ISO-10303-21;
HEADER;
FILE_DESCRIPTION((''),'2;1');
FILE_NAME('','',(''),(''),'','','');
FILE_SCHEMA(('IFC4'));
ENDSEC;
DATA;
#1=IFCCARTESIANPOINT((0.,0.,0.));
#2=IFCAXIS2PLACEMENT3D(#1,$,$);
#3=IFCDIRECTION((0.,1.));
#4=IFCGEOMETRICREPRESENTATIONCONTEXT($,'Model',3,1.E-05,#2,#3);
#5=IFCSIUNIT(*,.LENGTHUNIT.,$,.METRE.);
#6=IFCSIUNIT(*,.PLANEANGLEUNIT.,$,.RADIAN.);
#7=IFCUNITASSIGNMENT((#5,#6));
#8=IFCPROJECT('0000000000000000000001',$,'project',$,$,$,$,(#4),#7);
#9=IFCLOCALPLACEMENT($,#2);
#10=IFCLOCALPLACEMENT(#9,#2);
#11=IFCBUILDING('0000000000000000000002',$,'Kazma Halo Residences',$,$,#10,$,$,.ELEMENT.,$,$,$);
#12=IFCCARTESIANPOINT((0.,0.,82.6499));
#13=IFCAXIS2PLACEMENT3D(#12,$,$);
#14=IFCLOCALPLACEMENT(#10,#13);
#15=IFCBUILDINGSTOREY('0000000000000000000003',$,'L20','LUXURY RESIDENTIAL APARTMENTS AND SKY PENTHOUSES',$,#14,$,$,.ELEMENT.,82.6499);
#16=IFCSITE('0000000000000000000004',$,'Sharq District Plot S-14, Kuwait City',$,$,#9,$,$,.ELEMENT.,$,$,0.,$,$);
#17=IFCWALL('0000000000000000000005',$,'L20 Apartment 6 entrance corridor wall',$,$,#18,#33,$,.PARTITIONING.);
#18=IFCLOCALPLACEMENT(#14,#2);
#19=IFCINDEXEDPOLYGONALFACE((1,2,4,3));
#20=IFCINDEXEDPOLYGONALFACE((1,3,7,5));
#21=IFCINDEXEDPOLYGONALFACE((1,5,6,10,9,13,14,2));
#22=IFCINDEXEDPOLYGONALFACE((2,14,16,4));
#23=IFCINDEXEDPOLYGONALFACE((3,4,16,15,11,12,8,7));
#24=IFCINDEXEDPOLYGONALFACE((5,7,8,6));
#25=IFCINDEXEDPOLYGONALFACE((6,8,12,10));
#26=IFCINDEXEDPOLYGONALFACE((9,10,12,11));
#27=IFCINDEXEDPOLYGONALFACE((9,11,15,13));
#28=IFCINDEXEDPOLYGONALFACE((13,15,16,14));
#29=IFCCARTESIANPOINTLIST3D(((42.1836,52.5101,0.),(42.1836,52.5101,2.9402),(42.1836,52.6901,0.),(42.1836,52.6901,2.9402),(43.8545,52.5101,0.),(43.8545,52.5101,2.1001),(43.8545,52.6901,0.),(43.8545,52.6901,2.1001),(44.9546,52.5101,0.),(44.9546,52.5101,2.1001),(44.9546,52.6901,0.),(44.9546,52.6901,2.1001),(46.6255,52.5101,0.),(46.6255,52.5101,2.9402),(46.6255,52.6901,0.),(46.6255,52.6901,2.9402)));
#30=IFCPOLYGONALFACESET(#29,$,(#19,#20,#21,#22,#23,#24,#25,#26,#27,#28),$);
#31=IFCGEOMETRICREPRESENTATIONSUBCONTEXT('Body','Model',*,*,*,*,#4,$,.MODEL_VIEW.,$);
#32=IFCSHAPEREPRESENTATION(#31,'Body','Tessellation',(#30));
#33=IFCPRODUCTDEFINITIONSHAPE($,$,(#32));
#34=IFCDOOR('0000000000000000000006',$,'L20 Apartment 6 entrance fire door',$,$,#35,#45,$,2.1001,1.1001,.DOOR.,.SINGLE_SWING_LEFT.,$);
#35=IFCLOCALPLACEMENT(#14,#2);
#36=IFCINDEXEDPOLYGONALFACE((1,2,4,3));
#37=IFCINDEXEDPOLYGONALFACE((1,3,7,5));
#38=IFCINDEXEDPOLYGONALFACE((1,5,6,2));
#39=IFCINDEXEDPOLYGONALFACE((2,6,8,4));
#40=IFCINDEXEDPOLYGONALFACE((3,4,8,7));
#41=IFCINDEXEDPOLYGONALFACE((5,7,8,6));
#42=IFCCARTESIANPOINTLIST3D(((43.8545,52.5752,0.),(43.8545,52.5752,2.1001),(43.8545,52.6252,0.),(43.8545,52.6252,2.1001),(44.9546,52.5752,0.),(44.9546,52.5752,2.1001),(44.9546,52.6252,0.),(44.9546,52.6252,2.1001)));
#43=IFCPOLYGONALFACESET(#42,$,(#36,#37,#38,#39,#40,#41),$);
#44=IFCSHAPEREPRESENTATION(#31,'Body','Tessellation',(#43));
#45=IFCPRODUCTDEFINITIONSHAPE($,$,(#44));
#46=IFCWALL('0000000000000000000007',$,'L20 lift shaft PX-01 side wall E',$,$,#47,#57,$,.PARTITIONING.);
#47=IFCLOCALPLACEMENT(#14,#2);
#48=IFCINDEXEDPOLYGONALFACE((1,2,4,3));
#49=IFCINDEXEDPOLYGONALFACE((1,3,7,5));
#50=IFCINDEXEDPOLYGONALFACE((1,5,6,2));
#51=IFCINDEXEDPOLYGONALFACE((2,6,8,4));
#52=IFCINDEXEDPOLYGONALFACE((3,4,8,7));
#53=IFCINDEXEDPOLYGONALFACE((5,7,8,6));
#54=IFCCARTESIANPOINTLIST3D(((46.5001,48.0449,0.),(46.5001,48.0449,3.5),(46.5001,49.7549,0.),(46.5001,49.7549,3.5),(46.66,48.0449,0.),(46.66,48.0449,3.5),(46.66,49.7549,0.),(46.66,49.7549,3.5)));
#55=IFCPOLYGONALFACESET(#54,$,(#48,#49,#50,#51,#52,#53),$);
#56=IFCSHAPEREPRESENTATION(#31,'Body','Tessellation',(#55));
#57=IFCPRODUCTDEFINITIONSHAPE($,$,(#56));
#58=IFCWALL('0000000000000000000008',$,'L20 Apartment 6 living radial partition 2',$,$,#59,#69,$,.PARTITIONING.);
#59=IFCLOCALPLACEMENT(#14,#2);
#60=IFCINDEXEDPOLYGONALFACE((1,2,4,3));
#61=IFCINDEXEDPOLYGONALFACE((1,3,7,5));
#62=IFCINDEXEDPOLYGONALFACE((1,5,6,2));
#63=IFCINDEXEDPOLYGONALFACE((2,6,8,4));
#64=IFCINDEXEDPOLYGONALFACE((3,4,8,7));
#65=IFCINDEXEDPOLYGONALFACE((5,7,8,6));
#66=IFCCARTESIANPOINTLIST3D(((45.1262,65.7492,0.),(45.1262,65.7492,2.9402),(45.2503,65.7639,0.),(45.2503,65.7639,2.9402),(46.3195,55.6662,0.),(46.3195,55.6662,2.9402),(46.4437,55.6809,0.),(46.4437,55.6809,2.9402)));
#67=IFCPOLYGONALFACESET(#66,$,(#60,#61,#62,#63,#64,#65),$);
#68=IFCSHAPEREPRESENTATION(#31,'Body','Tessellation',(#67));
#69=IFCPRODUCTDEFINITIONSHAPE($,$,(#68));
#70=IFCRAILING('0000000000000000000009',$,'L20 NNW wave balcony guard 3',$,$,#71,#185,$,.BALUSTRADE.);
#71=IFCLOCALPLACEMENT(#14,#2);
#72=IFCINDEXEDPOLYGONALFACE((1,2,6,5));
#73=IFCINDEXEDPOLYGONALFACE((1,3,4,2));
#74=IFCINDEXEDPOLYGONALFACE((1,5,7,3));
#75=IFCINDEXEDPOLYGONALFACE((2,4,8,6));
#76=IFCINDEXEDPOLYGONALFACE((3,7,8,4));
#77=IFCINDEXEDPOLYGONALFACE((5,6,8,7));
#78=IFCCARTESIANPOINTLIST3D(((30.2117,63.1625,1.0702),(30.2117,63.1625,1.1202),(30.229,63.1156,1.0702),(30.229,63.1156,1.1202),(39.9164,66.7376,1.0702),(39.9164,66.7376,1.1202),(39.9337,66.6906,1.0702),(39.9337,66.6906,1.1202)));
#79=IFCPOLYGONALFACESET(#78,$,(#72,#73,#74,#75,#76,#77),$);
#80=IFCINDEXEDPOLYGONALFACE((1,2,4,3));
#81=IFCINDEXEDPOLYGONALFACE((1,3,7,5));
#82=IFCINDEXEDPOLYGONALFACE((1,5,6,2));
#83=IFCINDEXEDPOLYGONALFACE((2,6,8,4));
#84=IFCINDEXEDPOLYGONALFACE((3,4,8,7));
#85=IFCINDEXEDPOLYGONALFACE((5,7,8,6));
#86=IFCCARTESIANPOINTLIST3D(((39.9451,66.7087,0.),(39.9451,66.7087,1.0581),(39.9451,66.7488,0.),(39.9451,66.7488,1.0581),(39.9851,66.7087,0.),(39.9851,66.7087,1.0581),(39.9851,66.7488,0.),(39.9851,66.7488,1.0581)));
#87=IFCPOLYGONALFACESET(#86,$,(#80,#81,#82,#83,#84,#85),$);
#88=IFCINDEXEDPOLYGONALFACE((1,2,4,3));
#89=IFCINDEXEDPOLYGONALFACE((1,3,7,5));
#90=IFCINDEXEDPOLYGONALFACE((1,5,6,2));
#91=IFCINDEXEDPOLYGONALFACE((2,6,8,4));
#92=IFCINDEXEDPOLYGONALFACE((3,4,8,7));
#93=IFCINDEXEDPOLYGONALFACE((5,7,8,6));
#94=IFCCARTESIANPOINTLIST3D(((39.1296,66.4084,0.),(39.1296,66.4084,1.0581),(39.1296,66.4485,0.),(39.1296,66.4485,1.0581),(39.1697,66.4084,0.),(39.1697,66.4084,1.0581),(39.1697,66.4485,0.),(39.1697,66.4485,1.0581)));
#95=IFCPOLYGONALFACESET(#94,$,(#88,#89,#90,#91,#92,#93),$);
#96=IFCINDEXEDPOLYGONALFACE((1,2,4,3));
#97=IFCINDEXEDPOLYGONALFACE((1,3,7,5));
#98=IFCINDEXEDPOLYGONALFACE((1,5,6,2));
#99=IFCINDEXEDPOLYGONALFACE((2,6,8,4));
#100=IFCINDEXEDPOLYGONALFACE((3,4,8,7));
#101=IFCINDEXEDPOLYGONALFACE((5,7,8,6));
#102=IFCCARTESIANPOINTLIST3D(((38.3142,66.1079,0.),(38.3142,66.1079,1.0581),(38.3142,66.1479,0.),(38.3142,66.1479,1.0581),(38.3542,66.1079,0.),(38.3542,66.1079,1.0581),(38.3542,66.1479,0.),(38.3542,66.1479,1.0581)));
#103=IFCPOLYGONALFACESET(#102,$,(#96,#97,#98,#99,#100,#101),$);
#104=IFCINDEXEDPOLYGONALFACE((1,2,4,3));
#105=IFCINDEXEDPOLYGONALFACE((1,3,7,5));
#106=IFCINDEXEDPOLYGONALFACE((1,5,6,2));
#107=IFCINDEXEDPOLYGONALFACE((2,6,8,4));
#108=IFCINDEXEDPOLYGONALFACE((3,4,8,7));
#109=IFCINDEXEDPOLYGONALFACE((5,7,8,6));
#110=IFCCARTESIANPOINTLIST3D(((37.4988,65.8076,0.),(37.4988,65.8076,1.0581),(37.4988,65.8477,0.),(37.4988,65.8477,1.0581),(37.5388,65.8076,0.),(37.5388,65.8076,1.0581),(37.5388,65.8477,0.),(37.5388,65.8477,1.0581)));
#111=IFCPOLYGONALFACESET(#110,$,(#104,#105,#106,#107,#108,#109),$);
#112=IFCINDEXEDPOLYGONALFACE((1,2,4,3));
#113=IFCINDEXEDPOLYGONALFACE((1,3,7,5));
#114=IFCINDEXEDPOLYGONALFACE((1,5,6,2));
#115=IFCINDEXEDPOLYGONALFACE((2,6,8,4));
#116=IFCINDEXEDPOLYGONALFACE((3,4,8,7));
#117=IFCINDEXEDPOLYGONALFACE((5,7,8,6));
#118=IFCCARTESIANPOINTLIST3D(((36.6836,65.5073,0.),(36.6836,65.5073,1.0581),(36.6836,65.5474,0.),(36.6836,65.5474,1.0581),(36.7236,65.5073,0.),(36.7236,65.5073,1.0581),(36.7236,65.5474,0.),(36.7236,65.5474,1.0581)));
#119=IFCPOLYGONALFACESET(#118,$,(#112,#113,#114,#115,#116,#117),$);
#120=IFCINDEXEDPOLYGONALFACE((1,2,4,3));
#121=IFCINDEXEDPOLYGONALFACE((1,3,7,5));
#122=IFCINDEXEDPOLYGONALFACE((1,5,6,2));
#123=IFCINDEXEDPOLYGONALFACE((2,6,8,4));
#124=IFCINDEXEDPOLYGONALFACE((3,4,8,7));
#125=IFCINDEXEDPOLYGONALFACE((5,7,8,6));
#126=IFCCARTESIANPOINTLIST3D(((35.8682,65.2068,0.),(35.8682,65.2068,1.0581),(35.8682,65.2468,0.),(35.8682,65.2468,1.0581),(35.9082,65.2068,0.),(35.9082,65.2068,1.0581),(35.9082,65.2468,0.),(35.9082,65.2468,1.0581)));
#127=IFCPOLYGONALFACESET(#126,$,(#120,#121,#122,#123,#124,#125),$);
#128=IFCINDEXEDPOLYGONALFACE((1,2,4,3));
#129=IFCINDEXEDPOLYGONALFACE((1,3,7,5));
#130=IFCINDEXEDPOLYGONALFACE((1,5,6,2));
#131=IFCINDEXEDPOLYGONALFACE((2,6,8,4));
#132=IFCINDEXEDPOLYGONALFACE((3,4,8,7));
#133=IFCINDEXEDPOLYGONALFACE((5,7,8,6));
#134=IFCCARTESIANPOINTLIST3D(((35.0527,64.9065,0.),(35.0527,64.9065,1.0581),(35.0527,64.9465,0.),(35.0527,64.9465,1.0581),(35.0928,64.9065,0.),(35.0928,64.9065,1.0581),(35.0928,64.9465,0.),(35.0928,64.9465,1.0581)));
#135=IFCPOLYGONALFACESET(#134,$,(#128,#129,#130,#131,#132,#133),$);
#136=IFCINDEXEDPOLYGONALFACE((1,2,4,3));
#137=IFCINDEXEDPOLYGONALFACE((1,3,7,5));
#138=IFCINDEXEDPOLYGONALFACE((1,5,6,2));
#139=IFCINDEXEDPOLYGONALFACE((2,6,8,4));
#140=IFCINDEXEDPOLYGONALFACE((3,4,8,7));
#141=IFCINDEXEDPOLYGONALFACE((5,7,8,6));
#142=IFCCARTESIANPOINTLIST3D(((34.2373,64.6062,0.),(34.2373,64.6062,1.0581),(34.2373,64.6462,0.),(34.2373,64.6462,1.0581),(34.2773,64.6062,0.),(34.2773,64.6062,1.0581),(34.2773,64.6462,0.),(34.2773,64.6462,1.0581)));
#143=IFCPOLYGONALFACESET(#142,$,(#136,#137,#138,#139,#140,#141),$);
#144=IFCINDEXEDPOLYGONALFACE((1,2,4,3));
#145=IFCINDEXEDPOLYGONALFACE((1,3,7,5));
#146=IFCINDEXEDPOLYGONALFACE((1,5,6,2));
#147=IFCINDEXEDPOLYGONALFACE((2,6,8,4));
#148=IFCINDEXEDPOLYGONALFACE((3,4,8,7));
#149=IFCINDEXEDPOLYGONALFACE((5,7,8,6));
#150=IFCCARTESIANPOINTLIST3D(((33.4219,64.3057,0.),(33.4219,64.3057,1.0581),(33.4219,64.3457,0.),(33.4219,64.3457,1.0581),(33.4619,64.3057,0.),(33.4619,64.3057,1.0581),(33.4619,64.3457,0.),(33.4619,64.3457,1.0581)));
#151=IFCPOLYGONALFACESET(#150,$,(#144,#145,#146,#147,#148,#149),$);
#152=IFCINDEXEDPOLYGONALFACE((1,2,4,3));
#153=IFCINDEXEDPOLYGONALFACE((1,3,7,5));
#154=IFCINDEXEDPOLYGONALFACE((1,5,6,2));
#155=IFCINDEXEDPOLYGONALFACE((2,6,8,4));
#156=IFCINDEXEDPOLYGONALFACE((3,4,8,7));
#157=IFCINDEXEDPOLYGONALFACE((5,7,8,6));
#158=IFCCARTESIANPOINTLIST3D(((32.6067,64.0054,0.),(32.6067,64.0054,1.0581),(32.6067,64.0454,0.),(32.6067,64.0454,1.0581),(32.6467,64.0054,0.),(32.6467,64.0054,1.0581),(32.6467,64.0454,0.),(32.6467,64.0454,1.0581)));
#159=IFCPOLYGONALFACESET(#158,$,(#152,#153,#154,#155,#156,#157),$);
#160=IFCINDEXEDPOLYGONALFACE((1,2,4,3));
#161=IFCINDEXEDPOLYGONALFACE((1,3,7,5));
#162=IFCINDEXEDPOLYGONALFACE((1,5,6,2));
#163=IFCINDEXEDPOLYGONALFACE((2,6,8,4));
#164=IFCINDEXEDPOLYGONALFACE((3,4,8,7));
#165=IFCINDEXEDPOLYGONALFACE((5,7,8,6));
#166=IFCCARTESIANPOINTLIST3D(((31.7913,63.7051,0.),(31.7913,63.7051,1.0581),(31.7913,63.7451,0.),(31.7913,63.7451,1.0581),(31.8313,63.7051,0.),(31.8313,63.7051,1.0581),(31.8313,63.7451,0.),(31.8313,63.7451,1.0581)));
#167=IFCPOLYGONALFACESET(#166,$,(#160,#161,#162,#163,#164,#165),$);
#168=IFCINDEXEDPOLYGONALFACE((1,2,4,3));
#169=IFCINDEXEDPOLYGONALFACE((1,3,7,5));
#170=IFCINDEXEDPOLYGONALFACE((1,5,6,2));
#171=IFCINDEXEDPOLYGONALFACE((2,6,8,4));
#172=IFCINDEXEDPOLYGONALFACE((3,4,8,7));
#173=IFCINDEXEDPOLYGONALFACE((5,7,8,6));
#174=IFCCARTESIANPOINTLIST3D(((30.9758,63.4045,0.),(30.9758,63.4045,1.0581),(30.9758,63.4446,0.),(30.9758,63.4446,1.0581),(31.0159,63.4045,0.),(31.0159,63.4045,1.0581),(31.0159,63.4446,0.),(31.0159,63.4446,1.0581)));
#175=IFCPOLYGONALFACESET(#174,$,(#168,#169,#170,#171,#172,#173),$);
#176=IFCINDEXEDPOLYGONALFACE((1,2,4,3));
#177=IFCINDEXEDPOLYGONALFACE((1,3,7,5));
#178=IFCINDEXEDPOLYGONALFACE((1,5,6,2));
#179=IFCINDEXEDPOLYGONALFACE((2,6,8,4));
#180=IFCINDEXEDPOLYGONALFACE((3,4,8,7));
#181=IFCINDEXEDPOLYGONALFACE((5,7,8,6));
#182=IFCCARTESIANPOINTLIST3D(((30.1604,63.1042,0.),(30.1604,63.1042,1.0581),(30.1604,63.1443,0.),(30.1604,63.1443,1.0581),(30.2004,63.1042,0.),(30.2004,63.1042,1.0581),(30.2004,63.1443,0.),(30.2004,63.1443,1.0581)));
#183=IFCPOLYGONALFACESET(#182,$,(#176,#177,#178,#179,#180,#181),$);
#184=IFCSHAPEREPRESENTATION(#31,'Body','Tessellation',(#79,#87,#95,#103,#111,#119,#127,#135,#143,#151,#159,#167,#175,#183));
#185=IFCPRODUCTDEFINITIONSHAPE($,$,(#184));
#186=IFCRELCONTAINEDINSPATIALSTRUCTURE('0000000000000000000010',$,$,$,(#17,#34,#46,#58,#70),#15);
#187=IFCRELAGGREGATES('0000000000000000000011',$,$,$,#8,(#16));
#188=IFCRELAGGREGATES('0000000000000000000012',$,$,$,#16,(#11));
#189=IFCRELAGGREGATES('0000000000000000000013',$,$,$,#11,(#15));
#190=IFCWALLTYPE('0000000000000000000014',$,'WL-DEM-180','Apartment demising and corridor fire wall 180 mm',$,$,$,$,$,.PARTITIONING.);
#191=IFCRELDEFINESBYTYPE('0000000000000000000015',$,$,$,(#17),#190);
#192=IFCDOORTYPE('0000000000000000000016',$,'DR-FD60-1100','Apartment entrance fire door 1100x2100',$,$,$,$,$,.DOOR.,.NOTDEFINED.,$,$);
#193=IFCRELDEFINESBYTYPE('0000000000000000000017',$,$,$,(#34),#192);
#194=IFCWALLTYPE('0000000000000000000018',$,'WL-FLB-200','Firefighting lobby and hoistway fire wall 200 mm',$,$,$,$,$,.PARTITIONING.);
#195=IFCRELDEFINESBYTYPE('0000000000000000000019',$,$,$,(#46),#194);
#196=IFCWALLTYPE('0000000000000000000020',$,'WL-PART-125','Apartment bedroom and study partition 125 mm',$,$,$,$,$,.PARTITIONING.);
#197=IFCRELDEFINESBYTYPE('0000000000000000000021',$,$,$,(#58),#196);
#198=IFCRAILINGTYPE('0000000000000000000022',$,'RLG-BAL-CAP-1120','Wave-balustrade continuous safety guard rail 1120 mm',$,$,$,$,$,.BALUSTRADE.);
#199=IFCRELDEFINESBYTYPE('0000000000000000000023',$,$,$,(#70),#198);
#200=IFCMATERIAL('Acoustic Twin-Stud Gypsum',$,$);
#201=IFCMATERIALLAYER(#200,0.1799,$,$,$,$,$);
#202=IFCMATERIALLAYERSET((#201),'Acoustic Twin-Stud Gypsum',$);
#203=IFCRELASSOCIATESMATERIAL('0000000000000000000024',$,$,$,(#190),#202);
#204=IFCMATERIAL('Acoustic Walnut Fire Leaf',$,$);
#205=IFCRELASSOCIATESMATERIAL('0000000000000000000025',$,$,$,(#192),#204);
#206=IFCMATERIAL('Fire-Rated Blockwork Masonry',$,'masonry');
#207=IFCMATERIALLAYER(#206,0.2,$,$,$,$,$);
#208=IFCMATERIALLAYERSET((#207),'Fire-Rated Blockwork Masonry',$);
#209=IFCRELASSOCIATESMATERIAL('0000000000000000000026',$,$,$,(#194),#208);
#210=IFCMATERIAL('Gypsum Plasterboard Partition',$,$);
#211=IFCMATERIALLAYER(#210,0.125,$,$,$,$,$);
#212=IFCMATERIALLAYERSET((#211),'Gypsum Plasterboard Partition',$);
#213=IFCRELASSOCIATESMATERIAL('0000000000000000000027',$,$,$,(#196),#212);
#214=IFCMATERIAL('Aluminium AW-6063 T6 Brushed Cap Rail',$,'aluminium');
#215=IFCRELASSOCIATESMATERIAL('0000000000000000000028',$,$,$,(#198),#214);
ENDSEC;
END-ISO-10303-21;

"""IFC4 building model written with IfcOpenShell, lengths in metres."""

from ifc_helpers import new_model, si_unit, direction, frame, frame_2d, origin, origin_2d, place, context, subcontext, project, spatial, rectangle, extrude, material, layer, layer_set, type_object, element, fill, save


model = new_model("IFC4")

# Units and contexts
model_context = context("Model", 3, precision=1e-05, world=origin(), true_north=direction((0.0, 1.0)))
body_context = subcontext(model_context, "Body", "Model", "MODEL_VIEW")
ifc_project = project(units=[si_unit("LENGTHUNIT", "METRE"), si_unit("PLANEANGLEUNIT", "RADIAN")], contexts=[model_context])

# Site, building, storey
site_placement = place(None, origin())
site = spatial("IfcSite", under=ifc_project, at=site_placement, Name="Sharq District Plot S-14, Kuwait City", CompositionType="ELEMENT", RefElevation=0.0)
building_placement = place(site_placement, origin())
building = spatial("IfcBuilding", under=site, at=building_placement, Name="Kazma Halo Residences", CompositionType="ELEMENT")
storey_placement = place(building_placement, frame((0.0, 0.0, 82.6499)))
storey = spatial("IfcBuildingStorey", under=building, at=storey_placement, Name="L20", Description="LUXURY RESIDENTIAL APARTMENTS AND SKY PENTHOUSES", CompositionType="ELEMENT", Elevation=82.6499)

# Shared definitions
ifc_material_1 = material(Name="Acoustic Twin-Stud Gypsum")
ifc_layer_1 = layer(ifc_material_1, 0.1799)
ifc_layer_set_1 = layer_set([ifc_layer_1], Name="Acoustic Twin-Stud Gypsum")
wall_type_1 = type_object("IfcWallType", Name="WL-DEM-180", Description="Apartment demising and corridor fire wall 180 mm", PredefinedType="PARTITIONING", material=ifc_layer_set_1)

# Shared definitions
ifc_material_2 = material(Name="Acoustic Walnut Fire Leaf")
door_type_1 = type_object("IfcDoorType", Name="DR-FD60-1100", Description="Apartment entrance fire door 1100x2100", OperationType="NOTDEFINED", PredefinedType="DOOR", material=ifc_material_2)

# Wall, opening, door
wall_1_placement = place(storey_placement, frame((46.6255, 52.6001, 0.0), z_axis=(0.0, 0.0, 1.0), x_axis=(-1.0, 0.0, 0.0)))
wall_1 = element("IfcWall", 1, at=wall_1_placement, inside=storey, type_object=wall_type_1, Name="L20 Apartment 6 entrance corridor wall", PredefinedType="PARTITIONING", context=body_context, shape_type="SweptSolid", body=[
    extrude(rectangle(XDim=4.4419, YDim=0.1799, at=frame_2d((2.2209, 0.0))), origin(), (0.0, 0.0, 1.0), 2.9402),
])
opening_1_placement = place(wall_1_placement, frame((1.6709, 0.0, 0.0)))
opening_1 = element("IfcOpeningElement", 2, at=opening_1_placement, cuts=wall_1, PredefinedType="OPENING", context=body_context, shape_type="SweptSolid", body=[
    extrude(rectangle(XDim=1.1001, YDim=2.1001, at=frame_2d((0.55, 1.05))), frame((0.0, 0.0999, 0.0), z_axis=(0.0, -1.0, 0.0), x_axis=(1.0, 0.0, 0.0)), (0.0, 0.0, 1.0), 0.2),
])
door_1_placement = place(opening_1_placement, origin())
door_1 = element("IfcDoor", 3, at=door_1_placement, inside=storey, type_object=door_type_1, Name="L20 Apartment 6 entrance fire door", OperationType="SINGLE_SWING_LEFT", OverallHeight=2.1001, OverallWidth=1.1001, PredefinedType="DOOR", context=body_context, shape_type="SweptSolid", body=[
    extrude(rectangle(XDim=1.1001, YDim=2.1001, at=frame_2d((0.55, 1.05))), frame((0.0, 0.0249, 0.0), z_axis=(0.0, -1.0, 0.0), x_axis=(1.0, 0.0, 0.0)), (0.0, 0.0, 1.0), 0.05),
])
fill(opening_1, door_1)

# Walls
ifc_material_3 = material(Name="Fire-Rated Blockwork Masonry", Category="masonry")
ifc_layer_2 = layer(ifc_material_3, 0.2)
ifc_layer_set_2 = layer_set([ifc_layer_2], Name="Fire-Rated Blockwork Masonry")
wall_type_2 = type_object("IfcWallType", Name="WL-FLB-200", Description="Firefighting lobby and hoistway fire wall 200 mm", PredefinedType="PARTITIONING", material=ifc_layer_set_2)
wall_2_placement = place(storey_placement, frame((46.5801, 48.0449, 0.0), z_axis=(0.0, 0.0, 1.0), x_axis=(0.0, 1.0, 0.0)))
element("IfcWall", 4, at=wall_2_placement, inside=storey, type_object=wall_type_2, Name="L20 lift shaft PX-01 side wall E", PredefinedType="PARTITIONING", context=body_context, shape_type="SweptSolid", body=[
    extrude(rectangle(XDim=1.71, YDim=0.1599, at=frame_2d((0.855, 0.0))), origin(), (0.0, 0.0, 1.0), 3.5),
])
ifc_material_4 = material(Name="Gypsum Plasterboard Partition")
ifc_layer_3 = layer(ifc_material_4, 0.125)
ifc_layer_set_3 = layer_set([ifc_layer_3], Name="Gypsum Plasterboard Partition")
wall_type_3 = type_object("IfcWallType", Name="WL-PART-125", Description="Apartment bedroom and study partition 125 mm", PredefinedType="PARTITIONING", material=ifc_layer_set_3)
wall_3_placement = place(storey_placement, frame((46.3816, 55.6736, 0.0), z_axis=(0.0, 0.0, 1.0), x_axis=(-0.117533, 0.993069, 0.0)))
element("IfcWall", 5, at=wall_3_placement, inside=storey, type_object=wall_type_3, Name="L20 Apartment 6 living radial partition 2", PredefinedType="PARTITIONING", context=body_context, shape_type="SweptSolid", body=[
    extrude(rectangle(XDim=10.1533, YDim=0.125, at=frame_2d((5.0767, 0.0))), origin(), (0.0, 0.0, 1.0), 2.9402),
])

# Railing
ifc_material_5 = material(Name="Aluminium AW-6063 T6 Brushed Cap Rail", Category="aluminium")
railing_type = type_object("IfcRailingType", Name="RLG-BAL-CAP-1120", Description="Wave-balustrade continuous safety guard rail 1120 mm", PredefinedType="BALUSTRADE", material=ifc_material_5)
railing_placement = place(storey_placement, frame((39.9651, 66.7288, 0.0)))
element("IfcRailing", 6, at=railing_placement, inside=storey, type_object=railing_type, Name="L20 NNW wave balcony guard 3", PredefinedType="BALUSTRADE", context=body_context, shape_type="SweptSolid", body=[
    extrude(rectangle(XDim=0.05, YDim=0.05, at=origin_2d()), frame((-0.04, -0.0146, 1.0952), z_axis=(-0.938355, -0.345673, 0.0), x_axis=(0.345673, -0.938355, 0.0)), (0.0, 0.0, 1.0), 10.3423),
    extrude(rectangle(XDim=0.04, YDim=0.04, at=origin_2d()), origin(), (0.0, 0.0, 1.0), 1.0581),
    extrude(rectangle(XDim=0.04, YDim=0.04, at=origin_2d()), frame((-0.8154, -0.3003, 0.0)), (0.0, 0.0, 1.0), 1.0581),
    extrude(rectangle(XDim=0.04, YDim=0.04, at=origin_2d()), frame((-1.6309, -0.6008, 0.0)), (0.0, 0.0, 1.0), 1.0581),
    extrude(rectangle(XDim=0.04, YDim=0.04, at=origin_2d()), frame((-2.4463, -0.9011, 0.0)), (0.0, 0.0, 1.0), 1.0581),
    extrude(rectangle(XDim=0.04, YDim=0.04, at=origin_2d()), frame((-3.2615, -1.2014, 0.0)), (0.0, 0.0, 1.0), 1.0581),
    extrude(rectangle(XDim=0.04, YDim=0.04, at=origin_2d()), frame((-4.0769, -1.502, 0.0)), (0.0, 0.0, 1.0), 1.0581),
    extrude(rectangle(XDim=0.04, YDim=0.04, at=origin_2d()), frame((-4.8923, -1.8022, 0.0)), (0.0, 0.0, 1.0), 1.0581),
    extrude(rectangle(XDim=0.04, YDim=0.04, at=origin_2d()), frame((-5.7078, -2.1025, 0.0)), (0.0, 0.0, 1.0), 1.0581),
    extrude(rectangle(XDim=0.04, YDim=0.04, at=origin_2d()), frame((-6.5232, -2.4031, 0.0)), (0.0, 0.0, 1.0), 1.0581),
    extrude(rectangle(XDim=0.04, YDim=0.04, at=origin_2d()), frame((-7.3384, -2.7034, 0.0)), (0.0, 0.0, 1.0), 1.0581),
    extrude(rectangle(XDim=0.04, YDim=0.04, at=origin_2d()), frame((-8.1538, -3.0037, 0.0)), (0.0, 0.0, 1.0), 1.0581),
    extrude(rectangle(XDim=0.04, YDim=0.04, at=origin_2d()), frame((-8.9692, -3.3042, 0.0)), (0.0, 0.0, 1.0), 1.0581),
    extrude(rectangle(XDim=0.04, YDim=0.04, at=origin_2d()), frame((-9.7847, -3.6045, 0.0)), (0.0, 0.0, 1.0), 1.0581),
])

save(model, "model.ifc")
